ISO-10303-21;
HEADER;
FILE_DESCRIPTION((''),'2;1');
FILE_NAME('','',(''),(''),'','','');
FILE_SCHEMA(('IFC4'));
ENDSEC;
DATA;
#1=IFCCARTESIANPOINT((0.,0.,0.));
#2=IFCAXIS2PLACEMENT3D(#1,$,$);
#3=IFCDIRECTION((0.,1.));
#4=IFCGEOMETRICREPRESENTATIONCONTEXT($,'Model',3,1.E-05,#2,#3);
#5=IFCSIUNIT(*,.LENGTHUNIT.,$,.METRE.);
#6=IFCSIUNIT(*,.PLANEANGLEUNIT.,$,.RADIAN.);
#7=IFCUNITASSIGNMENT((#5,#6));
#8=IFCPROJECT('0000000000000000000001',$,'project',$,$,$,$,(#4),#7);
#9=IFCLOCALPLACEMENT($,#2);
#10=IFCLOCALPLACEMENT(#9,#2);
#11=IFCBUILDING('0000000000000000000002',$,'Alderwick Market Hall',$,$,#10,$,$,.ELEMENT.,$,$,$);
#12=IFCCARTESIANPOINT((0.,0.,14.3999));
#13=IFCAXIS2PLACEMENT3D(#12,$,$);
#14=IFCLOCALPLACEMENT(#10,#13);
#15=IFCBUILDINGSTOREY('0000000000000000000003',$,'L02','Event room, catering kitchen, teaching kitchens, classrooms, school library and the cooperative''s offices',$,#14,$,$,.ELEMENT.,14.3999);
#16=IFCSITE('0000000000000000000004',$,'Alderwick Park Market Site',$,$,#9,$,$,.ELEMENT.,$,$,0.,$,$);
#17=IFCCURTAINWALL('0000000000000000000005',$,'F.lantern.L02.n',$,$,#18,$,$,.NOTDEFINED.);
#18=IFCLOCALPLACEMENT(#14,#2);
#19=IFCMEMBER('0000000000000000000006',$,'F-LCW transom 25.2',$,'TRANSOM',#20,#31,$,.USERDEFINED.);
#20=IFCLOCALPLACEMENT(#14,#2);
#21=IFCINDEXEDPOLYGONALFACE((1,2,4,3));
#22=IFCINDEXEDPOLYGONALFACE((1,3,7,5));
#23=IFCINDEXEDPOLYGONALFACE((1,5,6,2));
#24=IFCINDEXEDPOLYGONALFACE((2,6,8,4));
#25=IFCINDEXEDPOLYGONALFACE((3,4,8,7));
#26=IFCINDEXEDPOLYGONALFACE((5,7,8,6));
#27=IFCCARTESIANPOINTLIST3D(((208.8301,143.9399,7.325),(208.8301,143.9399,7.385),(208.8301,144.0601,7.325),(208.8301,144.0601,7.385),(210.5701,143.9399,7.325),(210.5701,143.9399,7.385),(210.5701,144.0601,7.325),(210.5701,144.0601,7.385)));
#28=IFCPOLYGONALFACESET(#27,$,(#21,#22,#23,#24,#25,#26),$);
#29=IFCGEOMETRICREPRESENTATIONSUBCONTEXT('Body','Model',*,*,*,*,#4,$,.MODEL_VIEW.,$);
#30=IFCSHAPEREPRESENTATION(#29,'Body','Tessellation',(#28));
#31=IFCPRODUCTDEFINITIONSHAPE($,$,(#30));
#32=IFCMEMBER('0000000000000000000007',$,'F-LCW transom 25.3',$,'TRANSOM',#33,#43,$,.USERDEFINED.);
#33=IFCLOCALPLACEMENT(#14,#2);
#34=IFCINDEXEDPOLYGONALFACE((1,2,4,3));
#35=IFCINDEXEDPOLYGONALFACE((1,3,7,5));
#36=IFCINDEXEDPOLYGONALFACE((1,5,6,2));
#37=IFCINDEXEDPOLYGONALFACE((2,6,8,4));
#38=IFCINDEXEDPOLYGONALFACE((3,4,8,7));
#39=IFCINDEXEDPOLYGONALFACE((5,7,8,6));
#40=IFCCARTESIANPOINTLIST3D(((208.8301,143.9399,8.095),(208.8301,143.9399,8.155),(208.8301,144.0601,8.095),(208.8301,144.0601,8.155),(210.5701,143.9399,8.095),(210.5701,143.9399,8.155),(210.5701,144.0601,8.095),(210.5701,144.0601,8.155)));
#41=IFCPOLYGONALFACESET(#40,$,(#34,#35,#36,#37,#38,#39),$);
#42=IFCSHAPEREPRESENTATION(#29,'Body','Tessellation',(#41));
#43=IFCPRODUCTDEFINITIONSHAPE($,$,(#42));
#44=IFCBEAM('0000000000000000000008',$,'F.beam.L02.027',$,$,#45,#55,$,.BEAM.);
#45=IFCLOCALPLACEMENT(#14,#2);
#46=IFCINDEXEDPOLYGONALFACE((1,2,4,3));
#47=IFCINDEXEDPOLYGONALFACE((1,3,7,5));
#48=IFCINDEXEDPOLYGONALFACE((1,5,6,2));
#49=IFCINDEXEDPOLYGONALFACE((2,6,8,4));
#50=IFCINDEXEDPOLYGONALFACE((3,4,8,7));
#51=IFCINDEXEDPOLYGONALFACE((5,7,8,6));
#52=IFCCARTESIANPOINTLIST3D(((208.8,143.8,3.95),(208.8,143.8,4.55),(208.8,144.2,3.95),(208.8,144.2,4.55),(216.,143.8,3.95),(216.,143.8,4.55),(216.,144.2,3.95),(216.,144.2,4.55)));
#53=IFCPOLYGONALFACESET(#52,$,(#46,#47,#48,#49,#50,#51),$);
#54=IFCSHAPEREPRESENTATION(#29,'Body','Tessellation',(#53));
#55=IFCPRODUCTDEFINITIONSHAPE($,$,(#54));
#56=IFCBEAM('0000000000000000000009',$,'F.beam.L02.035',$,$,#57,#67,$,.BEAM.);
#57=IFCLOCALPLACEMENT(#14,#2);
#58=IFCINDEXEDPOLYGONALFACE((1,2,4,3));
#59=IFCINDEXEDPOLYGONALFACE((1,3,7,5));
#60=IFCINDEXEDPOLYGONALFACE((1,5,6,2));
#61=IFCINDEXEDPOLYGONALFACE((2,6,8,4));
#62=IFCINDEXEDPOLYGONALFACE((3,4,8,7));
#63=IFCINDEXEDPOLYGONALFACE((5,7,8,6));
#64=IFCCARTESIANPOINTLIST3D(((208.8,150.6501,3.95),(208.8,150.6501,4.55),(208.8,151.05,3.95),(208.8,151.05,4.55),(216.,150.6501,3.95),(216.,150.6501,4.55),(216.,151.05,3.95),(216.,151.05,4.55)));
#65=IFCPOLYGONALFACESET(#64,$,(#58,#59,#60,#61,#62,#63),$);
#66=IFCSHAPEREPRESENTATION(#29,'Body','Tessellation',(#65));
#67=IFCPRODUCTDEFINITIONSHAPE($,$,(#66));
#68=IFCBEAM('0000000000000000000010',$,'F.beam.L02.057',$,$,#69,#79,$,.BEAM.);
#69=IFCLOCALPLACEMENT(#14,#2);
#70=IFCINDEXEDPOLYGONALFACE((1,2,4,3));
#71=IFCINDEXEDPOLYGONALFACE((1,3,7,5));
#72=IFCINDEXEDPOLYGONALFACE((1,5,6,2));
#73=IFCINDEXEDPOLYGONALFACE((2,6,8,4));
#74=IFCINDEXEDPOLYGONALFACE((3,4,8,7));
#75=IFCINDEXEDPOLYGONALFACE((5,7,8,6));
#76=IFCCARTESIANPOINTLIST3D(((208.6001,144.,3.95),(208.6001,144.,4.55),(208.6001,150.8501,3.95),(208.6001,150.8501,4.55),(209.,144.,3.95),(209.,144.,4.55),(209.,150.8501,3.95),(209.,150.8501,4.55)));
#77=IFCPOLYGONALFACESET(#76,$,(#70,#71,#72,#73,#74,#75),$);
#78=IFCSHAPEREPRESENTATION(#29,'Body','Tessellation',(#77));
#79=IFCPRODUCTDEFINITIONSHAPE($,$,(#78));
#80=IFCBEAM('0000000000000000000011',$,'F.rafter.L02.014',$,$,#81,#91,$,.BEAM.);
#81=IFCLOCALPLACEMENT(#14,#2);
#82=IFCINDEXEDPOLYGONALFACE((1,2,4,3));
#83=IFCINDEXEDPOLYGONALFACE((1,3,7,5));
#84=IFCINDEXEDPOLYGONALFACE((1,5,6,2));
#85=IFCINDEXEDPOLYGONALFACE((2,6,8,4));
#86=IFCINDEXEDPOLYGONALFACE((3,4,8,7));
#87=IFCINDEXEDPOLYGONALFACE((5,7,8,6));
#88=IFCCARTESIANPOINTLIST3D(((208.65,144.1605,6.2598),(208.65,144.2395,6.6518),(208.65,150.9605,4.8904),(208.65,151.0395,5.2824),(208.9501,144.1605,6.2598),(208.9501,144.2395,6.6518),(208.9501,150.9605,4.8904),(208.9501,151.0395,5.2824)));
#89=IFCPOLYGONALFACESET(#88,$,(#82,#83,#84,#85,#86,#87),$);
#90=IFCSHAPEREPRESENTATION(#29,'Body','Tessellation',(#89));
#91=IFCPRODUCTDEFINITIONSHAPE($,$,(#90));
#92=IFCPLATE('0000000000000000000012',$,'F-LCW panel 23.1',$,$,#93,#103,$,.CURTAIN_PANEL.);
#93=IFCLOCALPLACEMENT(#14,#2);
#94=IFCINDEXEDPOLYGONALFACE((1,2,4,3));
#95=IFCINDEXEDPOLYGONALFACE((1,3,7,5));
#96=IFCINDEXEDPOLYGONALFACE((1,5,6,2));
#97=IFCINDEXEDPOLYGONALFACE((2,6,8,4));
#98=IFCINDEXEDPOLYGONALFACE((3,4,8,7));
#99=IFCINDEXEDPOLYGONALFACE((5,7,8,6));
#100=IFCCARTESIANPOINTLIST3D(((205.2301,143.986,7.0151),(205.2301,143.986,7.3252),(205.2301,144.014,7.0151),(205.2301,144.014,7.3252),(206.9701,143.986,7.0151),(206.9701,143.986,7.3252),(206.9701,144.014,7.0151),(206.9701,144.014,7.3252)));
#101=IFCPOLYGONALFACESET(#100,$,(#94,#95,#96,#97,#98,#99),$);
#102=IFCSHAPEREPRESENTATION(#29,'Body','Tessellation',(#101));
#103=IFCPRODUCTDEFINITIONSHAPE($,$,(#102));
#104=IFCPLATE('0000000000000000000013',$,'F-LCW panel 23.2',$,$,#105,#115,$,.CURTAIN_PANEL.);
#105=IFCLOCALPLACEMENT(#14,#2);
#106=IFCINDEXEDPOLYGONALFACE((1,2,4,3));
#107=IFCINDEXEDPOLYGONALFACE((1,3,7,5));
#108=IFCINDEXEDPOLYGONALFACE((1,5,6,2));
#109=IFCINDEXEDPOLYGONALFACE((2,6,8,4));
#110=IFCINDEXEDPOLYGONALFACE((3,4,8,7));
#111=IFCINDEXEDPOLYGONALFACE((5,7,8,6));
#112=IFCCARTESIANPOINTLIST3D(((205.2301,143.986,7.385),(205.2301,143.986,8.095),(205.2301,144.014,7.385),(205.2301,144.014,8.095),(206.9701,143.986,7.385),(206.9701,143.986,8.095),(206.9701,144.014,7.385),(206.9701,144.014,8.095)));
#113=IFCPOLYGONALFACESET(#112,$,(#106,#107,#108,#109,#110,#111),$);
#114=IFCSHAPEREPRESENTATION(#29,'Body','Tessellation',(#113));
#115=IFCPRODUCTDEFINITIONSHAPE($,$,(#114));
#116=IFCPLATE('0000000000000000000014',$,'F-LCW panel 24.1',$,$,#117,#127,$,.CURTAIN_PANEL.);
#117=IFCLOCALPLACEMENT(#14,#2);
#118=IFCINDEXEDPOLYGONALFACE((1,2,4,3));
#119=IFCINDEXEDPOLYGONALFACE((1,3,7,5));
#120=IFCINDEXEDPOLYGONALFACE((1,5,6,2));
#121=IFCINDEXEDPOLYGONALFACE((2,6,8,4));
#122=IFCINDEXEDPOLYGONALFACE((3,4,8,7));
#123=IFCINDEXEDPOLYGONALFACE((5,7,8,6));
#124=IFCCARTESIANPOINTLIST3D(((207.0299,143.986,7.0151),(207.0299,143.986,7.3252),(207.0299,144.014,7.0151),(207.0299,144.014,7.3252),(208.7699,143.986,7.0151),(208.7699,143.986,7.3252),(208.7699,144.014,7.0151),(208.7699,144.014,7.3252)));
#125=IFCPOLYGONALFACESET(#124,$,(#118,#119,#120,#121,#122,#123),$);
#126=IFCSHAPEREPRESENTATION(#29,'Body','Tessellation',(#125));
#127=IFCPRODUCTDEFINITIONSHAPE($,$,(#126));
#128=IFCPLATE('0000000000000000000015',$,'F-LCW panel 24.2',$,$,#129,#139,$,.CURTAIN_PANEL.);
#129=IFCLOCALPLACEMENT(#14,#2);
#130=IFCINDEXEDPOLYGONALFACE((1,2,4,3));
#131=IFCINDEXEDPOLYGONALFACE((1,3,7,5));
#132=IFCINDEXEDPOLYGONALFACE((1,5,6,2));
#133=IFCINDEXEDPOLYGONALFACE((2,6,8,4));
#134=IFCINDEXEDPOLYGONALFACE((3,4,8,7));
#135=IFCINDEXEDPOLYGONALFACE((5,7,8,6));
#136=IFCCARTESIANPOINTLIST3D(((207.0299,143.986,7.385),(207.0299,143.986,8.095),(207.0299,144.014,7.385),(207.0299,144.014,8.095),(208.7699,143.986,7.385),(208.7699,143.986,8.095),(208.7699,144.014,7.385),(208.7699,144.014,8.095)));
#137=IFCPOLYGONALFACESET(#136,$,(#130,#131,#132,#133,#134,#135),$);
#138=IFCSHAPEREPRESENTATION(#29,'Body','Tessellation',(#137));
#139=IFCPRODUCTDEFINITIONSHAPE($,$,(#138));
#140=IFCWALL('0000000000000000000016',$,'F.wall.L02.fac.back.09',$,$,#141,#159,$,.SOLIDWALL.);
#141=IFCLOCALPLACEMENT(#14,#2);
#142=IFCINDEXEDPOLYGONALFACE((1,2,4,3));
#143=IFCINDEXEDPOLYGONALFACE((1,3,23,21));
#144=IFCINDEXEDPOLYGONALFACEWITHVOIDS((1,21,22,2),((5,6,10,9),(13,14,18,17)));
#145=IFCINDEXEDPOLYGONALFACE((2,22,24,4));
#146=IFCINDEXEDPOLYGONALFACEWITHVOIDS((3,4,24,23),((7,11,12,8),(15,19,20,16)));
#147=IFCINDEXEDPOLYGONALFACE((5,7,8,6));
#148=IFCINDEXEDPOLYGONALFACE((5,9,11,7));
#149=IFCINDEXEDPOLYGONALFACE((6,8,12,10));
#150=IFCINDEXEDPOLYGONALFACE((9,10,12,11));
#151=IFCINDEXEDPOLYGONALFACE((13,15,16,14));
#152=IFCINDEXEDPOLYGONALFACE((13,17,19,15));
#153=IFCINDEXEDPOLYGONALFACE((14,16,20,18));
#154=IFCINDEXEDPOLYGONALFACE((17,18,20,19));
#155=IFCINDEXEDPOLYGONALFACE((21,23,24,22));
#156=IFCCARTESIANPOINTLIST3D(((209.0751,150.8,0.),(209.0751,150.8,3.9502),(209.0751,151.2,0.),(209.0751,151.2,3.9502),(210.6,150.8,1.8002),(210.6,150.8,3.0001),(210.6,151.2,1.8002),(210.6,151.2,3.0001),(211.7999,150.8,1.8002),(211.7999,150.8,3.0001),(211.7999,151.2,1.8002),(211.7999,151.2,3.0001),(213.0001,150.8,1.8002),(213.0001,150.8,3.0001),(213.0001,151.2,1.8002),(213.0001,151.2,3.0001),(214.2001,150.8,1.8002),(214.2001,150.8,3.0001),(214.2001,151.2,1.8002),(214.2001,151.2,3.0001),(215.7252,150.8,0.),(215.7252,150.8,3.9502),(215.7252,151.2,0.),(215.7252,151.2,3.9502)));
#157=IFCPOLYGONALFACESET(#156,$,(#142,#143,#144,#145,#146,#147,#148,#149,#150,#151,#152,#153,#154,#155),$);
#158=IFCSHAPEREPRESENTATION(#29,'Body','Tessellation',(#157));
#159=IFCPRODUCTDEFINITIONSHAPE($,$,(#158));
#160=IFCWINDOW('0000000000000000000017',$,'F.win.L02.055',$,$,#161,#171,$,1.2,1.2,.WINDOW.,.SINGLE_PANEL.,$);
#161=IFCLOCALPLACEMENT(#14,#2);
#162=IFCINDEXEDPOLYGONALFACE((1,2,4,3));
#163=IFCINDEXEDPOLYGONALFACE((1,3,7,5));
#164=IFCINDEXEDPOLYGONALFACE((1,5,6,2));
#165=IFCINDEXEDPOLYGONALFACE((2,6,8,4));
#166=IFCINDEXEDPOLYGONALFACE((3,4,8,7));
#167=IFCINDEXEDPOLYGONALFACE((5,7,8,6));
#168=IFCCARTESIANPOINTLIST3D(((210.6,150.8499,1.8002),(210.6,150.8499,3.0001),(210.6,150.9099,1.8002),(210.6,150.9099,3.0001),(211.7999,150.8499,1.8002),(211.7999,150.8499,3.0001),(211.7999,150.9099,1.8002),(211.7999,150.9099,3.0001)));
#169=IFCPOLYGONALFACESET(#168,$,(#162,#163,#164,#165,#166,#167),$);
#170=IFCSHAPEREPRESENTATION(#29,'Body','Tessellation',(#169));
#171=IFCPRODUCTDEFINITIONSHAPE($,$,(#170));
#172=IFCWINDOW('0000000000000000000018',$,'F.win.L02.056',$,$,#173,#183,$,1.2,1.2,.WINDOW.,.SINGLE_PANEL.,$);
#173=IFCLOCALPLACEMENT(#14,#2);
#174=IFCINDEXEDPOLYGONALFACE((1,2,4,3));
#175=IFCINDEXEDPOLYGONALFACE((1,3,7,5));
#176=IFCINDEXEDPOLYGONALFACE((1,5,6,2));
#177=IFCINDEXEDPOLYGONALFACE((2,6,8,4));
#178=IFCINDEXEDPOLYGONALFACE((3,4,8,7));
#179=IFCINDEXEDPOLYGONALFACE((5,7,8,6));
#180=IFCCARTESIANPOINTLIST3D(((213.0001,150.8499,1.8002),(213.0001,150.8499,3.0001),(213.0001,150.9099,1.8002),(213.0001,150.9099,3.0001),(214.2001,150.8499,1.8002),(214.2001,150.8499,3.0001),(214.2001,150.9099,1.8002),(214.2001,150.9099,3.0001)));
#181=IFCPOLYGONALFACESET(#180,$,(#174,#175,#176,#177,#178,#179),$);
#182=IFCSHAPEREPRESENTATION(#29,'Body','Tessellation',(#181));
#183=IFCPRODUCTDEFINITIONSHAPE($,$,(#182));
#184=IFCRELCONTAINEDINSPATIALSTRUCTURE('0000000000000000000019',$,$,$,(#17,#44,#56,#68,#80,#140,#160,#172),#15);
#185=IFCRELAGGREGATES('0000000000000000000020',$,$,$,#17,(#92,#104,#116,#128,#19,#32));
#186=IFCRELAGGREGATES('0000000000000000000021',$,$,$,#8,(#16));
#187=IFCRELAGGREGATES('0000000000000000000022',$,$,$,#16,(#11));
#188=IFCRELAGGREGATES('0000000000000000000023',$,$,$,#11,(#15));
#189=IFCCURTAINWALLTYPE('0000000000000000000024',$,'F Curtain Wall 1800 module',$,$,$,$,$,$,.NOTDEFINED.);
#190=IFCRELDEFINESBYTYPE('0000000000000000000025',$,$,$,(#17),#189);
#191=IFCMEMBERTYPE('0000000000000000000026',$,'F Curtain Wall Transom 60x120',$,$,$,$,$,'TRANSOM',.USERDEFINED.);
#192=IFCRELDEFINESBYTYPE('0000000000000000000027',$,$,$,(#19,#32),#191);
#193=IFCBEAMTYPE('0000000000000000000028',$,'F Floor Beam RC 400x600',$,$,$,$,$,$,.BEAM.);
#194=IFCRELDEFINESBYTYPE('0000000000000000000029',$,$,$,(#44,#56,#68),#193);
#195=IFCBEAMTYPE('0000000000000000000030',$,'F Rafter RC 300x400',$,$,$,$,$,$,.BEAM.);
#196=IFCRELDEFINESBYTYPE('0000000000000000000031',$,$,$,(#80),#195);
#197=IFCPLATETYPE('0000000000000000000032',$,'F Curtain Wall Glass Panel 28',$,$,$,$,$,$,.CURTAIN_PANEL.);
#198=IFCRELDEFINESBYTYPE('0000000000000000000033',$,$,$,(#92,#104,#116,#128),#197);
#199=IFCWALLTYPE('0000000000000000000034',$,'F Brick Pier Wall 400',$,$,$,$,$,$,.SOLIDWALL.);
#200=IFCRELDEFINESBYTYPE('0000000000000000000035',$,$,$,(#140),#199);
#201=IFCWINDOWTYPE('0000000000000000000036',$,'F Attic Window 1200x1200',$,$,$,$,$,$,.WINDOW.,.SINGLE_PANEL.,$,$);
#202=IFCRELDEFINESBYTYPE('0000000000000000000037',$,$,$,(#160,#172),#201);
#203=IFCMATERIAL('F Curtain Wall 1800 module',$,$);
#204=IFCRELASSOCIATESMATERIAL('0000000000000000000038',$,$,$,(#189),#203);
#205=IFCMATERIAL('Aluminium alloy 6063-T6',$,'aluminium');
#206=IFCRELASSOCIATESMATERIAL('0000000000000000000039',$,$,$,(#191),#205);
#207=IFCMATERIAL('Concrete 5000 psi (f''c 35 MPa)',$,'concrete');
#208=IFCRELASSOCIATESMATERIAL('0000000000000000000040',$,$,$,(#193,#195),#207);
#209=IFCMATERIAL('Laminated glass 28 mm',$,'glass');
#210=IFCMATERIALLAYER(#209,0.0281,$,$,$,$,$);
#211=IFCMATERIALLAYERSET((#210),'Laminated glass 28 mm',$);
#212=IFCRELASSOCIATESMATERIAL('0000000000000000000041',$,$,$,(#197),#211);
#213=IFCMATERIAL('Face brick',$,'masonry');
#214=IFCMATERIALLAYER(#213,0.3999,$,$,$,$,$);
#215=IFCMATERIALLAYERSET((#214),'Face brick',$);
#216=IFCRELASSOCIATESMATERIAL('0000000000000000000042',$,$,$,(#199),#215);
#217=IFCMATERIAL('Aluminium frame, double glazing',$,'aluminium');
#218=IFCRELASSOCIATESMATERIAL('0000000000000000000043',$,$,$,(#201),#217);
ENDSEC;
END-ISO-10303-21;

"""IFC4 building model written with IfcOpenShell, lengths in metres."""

from ifc_helpers import new_model, si_unit, direction, frame, frame_2d, origin, origin_2d, place, context, subcontext, project, spatial, rectangle, extrude, material, layer, layer_set, material_profile, profile_set, type_object, element, fill, aggregate, save


model = new_model("IFC4")

# Units and contexts
model_context = context("Model", 3, precision=1e-05, world=origin(), true_north=direction((0.0, 1.0)))
body_context = subcontext(model_context, "Body", "Model", "MODEL_VIEW")
ifc_project = project(units=[si_unit("LENGTHUNIT", "METRE"), si_unit("PLANEANGLEUNIT", "RADIAN")], contexts=[model_context])

# Site, building, storey
site_placement = place(None, origin())
site = spatial("IfcSite", under=ifc_project, at=site_placement, Name="Alderwick Park Market Site", CompositionType="ELEMENT", RefElevation=0.0)
building_placement = place(site_placement, origin())
building = spatial("IfcBuilding", under=site, at=building_placement, Name="Alderwick Market Hall", CompositionType="ELEMENT")
storey_placement = place(building_placement, frame((0.0, 0.0, 14.3999)))
storey = spatial("IfcBuildingStorey", under=building, at=storey_placement, Name="L02", Description="Event room, catering kitchen, teaching kitchens, classrooms, school library and the cooperative's offices", CompositionType="ELEMENT", Elevation=14.3999)

# Shared definitions
ifc_material_1 = material(Name="Concrete 5000 psi (f'c 35 MPa)", Category="concrete")

# Curtain wall, members
ifc_material_2 = material(Name="F Curtain Wall 1800 module")
curtain_wall_type = type_object("IfcCurtainWallType", Name="F Curtain Wall 1800 module", PredefinedType="NOTDEFINED", material=ifc_material_2)
curtain_wall_placement = place(storey_placement, origin())
curtain_wall = element("IfcCurtainWall", 1, at=curtain_wall_placement, inside=storey, type_object=curtain_wall_type, Name="F.lantern.L02.n", PredefinedType="NOTDEFINED")
ifc_material_3 = material(Name="Aluminium alloy 6063-T6", Category="aluminium")
ifc_material_profile_1 = material_profile(ifc_material_3, rectangle(XDim=0.1201, YDim=0.0601, at=origin_2d()), Name="AL 60x120")
ifc_profile_set_1 = profile_set([ifc_material_profile_1], Name="Aluminium alloy 6063-T6")
member_type_1 = type_object("IfcMemberType", Name="F Curtain Wall Transom 60x120", ElementType="TRANSOM", PredefinedType="USERDEFINED", material=ifc_profile_set_1)
member_1_placement = place(storey_placement, frame((208.8301, 144.0, 7.355), z_axis=(1.0, 0.0, 0.0), x_axis=(0.0, 1.0, 0.0)))
member_1 = element("IfcMember", 2, at=member_1_placement, type_object=member_type_1, Name="F-LCW transom 25.2", ObjectType="TRANSOM", PredefinedType="USERDEFINED", context=body_context, shape_type="SweptSolid", body=[
    extrude(rectangle(XDim=0.1201, YDim=0.0601, at=origin_2d()), origin(), (0.0, 0.0, 1.0), 1.74),
])
member_2_placement = place(storey_placement, frame((208.8301, 144.0, 8.125), z_axis=(1.0, 0.0, 0.0), x_axis=(0.0, 1.0, 0.0)))
member_2 = element("IfcMember", 3, at=member_2_placement, type_object=member_type_1, Name="F-LCW transom 25.3", ObjectType="TRANSOM", PredefinedType="USERDEFINED", context=body_context, shape_type="SweptSolid", body=[
    extrude(rectangle(XDim=0.1201, YDim=0.0601, at=origin_2d()), origin(), (0.0, 0.0, 1.0), 1.74),
])

# Beams
ifc_material_profile_2 = material_profile(ifc_material_1, rectangle(XDim=0.3999, YDim=0.6001, at=origin_2d()), Name="RC 400x600")
ifc_profile_set_2 = profile_set([ifc_material_profile_2], Name="Concrete 5000 psi (f'c 35 MPa)")
beam_type_1 = type_object("IfcBeamType", Name="F Floor Beam RC 400x600", PredefinedType="BEAM", material=ifc_profile_set_2)
for number, where, z_axis, x_axis, name in (
    (4, (208.8, 144.0, 4.25), (1.0, 0.0, 0.0), (0.0, 1.0, 0.0), "F.beam.L02.027"),
    (5, (208.8, 150.8501, 4.25), (1.0, 0.0, 0.0), (0.0, 1.0, 0.0), "F.beam.L02.035"),
):
    element("IfcBeam", number, at=place(storey_placement, frame(where, z_axis=z_axis, x_axis=x_axis)), inside=storey, type_object=beam_type_1, Name=name, PredefinedType="BEAM", context=body_context, shape_type="SweptSolid", body=[
        extrude(rectangle(XDim=0.3999, YDim=0.6001, at=origin_2d()), origin(), (0.0, 0.0, 1.0), 7.2),
    ])
beam_1_placement = place(storey_placement, frame((208.8, 144.0, 4.25), z_axis=(0.0, 1.0, 0.0), x_axis=(-1.0, 0.0, 0.0)))
element("IfcBeam", 6, at=beam_1_placement, inside=storey, type_object=beam_type_1, Name="F.beam.L02.057", PredefinedType="BEAM", context=body_context, shape_type="SweptSolid", body=[
    extrude(rectangle(XDim=0.3999, YDim=0.6001, at=origin_2d()), origin(), (0.0, 0.0, 1.0), 6.8501),
])
ifc_material_profile_3 = material_profile(ifc_material_1, rectangle(XDim=0.3, YDim=0.3999, at=origin_2d()), Name="RC 300x400")
ifc_profile_set_3 = profile_set([ifc_material_profile_3], Name="Concrete 5000 psi (f'c 35 MPa)")
beam_type_2 = type_object("IfcBeamType", Name="F Rafter RC 300x400", PredefinedType="BEAM", material=ifc_profile_set_3)
beam_2_placement = place(storey_placement, frame((208.8, 151.0, 5.0864), z_axis=(0.0, -0.98032, 0.197416), x_axis=(1.0, 0.0, 0.0)))
element("IfcBeam", 7, at=beam_2_placement, inside=storey, type_object=beam_type_2, Name="F.rafter.L02.014", PredefinedType="BEAM", context=body_context, shape_type="SweptSolid", body=[
    extrude(rectangle(XDim=0.3, YDim=0.3999, at=origin_2d()), origin(), (0.0, 0.0, 1.0), 6.9365),
])

# Plates
ifc_material_4 = material(Name="Laminated glass 28 mm", Category="glass")
ifc_layer_1 = layer(ifc_material_4, 0.0281)
ifc_layer_set_1 = layer_set([ifc_layer_1], Name="Laminated glass 28 mm")
plate_type = type_object("IfcPlateType", Name="F Curtain Wall Glass Panel 28", PredefinedType="CURTAIN_PANEL", material=ifc_layer_set_1)
plate_1_placement = place(storey_placement, frame((206.1001, 144.0, 7.0151), z_axis=(0.0, 0.0, 1.0), x_axis=(1.0, 0.0, 0.0)))
plate_1 = element("IfcPlate", 8, at=plate_1_placement, type_object=plate_type, Name="F-LCW panel 23.1", PredefinedType="CURTAIN_PANEL", context=body_context, shape_type="SweptSolid", body=[
    extrude(rectangle(XDim=1.74, YDim=0.0281, at=origin_2d()), origin(), (0.0, 0.0, 1.0), 0.3101),
])
plate_2_placement = place(storey_placement, frame((206.1001, 144.0, 7.385), z_axis=(0.0, 0.0, 1.0), x_axis=(1.0, 0.0, 0.0)))
plate_2 = element("IfcPlate", 9, at=plate_2_placement, type_object=plate_type, Name="F-LCW panel 23.2", PredefinedType="CURTAIN_PANEL", context=body_context, shape_type="SweptSolid", body=[
    extrude(rectangle(XDim=1.74, YDim=0.0281, at=origin_2d()), origin(), (0.0, 0.0, 1.0), 0.71),
])
plate_3_placement = place(storey_placement, frame((207.8999, 144.0, 7.0151), z_axis=(0.0, 0.0, 1.0), x_axis=(1.0, 0.0, 0.0)))
plate_3 = element("IfcPlate", 10, at=plate_3_placement, type_object=plate_type, Name="F-LCW panel 24.1", PredefinedType="CURTAIN_PANEL", context=body_context, shape_type="SweptSolid", body=[
    extrude(rectangle(XDim=1.74, YDim=0.0281, at=origin_2d()), origin(), (0.0, 0.0, 1.0), 0.3101),
])
plate_4_placement = place(storey_placement, frame((207.8999, 144.0, 7.385), z_axis=(0.0, 0.0, 1.0), x_axis=(1.0, 0.0, 0.0)))
plate_4 = element("IfcPlate", 11, at=plate_4_placement, type_object=plate_type, Name="F-LCW panel 24.2", PredefinedType="CURTAIN_PANEL", context=body_context, shape_type="SweptSolid", body=[
    extrude(rectangle(XDim=1.74, YDim=0.0281, at=origin_2d()), origin(), (0.0, 0.0, 1.0), 0.71),
])
aggregate(curtain_wall, [plate_1, plate_2, plate_3, plate_4, member_1, member_2])

# Wall, openings, windows
ifc_material_5 = material(Name="Face brick", Category="masonry")
ifc_layer_2 = layer(ifc_material_5, 0.3999)
ifc_layer_set_2 = layer_set([ifc_layer_2], Name="Face brick")
wall_type = type_object("IfcWallType", Name="F Brick Pier Wall 400", PredefinedType="SOLIDWALL", material=ifc_layer_set_2)
wall_placement = place(storey_placement, frame((209.075, 151.0, 0.0), z_axis=(0.0, 0.0, 1.0), x_axis=(1.0, 0.0, 0.0)))
wall = element("IfcWall", 12, at=wall_placement, inside=storey, type_object=wall_type, Name="F.wall.L02.fac.back.09", PredefinedType="SOLIDWALL", context=body_context, shape_type="SweptSolid", body=[
    extrude(rectangle(XDim=6.6501, YDim=0.3999, at=frame_2d((3.3252, 0.0))), origin(), (0.0, 0.0, 1.0), 3.9502),
])
opening_1_placement = place(wall_placement, frame((1.5249, 0.0, 1.8)))
opening_1 = element("IfcOpeningElement", 13, at=opening_1_placement, cuts=wall, PredefinedType="OPENING", context=body_context, shape_type="SweptSolid", body=[
    extrude(rectangle(XDim=1.2, YDim=1.2, at=frame_2d((0.6001, 0.6001))), frame((0.0, 0.21, 0.0), z_axis=(0.0, -1.0, 0.0), x_axis=(1.0, 0.0, 0.0)), (0.0, 0.0, 1.0), 0.4199),
])
opening_2_placement = place(wall_placement, frame((3.925, 0.0, 1.8)))
opening_2 = element("IfcOpeningElement", 14, at=opening_2_placement, cuts=wall, PredefinedType="OPENING", context=body_context, shape_type="SweptSolid", body=[
    extrude(rectangle(XDim=1.2, YDim=1.2, at=frame_2d((0.6001, 0.6001))), frame((0.0, 0.21, 0.0), z_axis=(0.0, -1.0, 0.0), x_axis=(1.0, 0.0, 0.0)), (0.0, 0.0, 1.0), 0.4199),
])
ifc_material_6 = material(Name="Aluminium frame, double glazing", Category="aluminium")
window_type = type_object("IfcWindowType", Name="F Attic Window 1200x1200", PartitioningType="SINGLE_PANEL", PredefinedType="WINDOW", material=ifc_material_6)
window_1_placement = place(opening_1_placement, origin())
window_1 = element("IfcWindow", 15, at=window_1_placement, inside=storey, type_object=window_type, Name="F.win.L02.055", OverallHeight=1.2, OverallWidth=1.2, PartitioningType="SINGLE_PANEL", PredefinedType="WINDOW", context=body_context, shape_type="SweptSolid", body=[
    extrude(rectangle(XDim=1.2, YDim=1.2, at=frame_2d((0.6001, 0.6001))), frame((0.0, -0.0901, 0.0), z_axis=(0.0, -1.0, 0.0), x_axis=(1.0, 0.0, 0.0)), (0.0, 0.0, 1.0), 0.0601),
])
fill(opening_1, window_1)
window_2_placement = place(opening_2_placement, origin())
window_2 = element("IfcWindow", 16, at=window_2_placement, inside=storey, type_object=window_type, Name="F.win.L02.056", OverallHeight=1.2, OverallWidth=1.2, PartitioningType="SINGLE_PANEL", PredefinedType="WINDOW", context=body_context, shape_type="SweptSolid", body=[
    extrude(rectangle(XDim=1.2, YDim=1.2, at=frame_2d((0.6001, 0.6001))), frame((0.0, -0.0901, 0.0), z_axis=(0.0, -1.0, 0.0), x_axis=(1.0, 0.0, 0.0)), (0.0, 0.0, 1.0), 0.0601),
])
fill(opening_2, window_2)

save(model, "model.ifc")
